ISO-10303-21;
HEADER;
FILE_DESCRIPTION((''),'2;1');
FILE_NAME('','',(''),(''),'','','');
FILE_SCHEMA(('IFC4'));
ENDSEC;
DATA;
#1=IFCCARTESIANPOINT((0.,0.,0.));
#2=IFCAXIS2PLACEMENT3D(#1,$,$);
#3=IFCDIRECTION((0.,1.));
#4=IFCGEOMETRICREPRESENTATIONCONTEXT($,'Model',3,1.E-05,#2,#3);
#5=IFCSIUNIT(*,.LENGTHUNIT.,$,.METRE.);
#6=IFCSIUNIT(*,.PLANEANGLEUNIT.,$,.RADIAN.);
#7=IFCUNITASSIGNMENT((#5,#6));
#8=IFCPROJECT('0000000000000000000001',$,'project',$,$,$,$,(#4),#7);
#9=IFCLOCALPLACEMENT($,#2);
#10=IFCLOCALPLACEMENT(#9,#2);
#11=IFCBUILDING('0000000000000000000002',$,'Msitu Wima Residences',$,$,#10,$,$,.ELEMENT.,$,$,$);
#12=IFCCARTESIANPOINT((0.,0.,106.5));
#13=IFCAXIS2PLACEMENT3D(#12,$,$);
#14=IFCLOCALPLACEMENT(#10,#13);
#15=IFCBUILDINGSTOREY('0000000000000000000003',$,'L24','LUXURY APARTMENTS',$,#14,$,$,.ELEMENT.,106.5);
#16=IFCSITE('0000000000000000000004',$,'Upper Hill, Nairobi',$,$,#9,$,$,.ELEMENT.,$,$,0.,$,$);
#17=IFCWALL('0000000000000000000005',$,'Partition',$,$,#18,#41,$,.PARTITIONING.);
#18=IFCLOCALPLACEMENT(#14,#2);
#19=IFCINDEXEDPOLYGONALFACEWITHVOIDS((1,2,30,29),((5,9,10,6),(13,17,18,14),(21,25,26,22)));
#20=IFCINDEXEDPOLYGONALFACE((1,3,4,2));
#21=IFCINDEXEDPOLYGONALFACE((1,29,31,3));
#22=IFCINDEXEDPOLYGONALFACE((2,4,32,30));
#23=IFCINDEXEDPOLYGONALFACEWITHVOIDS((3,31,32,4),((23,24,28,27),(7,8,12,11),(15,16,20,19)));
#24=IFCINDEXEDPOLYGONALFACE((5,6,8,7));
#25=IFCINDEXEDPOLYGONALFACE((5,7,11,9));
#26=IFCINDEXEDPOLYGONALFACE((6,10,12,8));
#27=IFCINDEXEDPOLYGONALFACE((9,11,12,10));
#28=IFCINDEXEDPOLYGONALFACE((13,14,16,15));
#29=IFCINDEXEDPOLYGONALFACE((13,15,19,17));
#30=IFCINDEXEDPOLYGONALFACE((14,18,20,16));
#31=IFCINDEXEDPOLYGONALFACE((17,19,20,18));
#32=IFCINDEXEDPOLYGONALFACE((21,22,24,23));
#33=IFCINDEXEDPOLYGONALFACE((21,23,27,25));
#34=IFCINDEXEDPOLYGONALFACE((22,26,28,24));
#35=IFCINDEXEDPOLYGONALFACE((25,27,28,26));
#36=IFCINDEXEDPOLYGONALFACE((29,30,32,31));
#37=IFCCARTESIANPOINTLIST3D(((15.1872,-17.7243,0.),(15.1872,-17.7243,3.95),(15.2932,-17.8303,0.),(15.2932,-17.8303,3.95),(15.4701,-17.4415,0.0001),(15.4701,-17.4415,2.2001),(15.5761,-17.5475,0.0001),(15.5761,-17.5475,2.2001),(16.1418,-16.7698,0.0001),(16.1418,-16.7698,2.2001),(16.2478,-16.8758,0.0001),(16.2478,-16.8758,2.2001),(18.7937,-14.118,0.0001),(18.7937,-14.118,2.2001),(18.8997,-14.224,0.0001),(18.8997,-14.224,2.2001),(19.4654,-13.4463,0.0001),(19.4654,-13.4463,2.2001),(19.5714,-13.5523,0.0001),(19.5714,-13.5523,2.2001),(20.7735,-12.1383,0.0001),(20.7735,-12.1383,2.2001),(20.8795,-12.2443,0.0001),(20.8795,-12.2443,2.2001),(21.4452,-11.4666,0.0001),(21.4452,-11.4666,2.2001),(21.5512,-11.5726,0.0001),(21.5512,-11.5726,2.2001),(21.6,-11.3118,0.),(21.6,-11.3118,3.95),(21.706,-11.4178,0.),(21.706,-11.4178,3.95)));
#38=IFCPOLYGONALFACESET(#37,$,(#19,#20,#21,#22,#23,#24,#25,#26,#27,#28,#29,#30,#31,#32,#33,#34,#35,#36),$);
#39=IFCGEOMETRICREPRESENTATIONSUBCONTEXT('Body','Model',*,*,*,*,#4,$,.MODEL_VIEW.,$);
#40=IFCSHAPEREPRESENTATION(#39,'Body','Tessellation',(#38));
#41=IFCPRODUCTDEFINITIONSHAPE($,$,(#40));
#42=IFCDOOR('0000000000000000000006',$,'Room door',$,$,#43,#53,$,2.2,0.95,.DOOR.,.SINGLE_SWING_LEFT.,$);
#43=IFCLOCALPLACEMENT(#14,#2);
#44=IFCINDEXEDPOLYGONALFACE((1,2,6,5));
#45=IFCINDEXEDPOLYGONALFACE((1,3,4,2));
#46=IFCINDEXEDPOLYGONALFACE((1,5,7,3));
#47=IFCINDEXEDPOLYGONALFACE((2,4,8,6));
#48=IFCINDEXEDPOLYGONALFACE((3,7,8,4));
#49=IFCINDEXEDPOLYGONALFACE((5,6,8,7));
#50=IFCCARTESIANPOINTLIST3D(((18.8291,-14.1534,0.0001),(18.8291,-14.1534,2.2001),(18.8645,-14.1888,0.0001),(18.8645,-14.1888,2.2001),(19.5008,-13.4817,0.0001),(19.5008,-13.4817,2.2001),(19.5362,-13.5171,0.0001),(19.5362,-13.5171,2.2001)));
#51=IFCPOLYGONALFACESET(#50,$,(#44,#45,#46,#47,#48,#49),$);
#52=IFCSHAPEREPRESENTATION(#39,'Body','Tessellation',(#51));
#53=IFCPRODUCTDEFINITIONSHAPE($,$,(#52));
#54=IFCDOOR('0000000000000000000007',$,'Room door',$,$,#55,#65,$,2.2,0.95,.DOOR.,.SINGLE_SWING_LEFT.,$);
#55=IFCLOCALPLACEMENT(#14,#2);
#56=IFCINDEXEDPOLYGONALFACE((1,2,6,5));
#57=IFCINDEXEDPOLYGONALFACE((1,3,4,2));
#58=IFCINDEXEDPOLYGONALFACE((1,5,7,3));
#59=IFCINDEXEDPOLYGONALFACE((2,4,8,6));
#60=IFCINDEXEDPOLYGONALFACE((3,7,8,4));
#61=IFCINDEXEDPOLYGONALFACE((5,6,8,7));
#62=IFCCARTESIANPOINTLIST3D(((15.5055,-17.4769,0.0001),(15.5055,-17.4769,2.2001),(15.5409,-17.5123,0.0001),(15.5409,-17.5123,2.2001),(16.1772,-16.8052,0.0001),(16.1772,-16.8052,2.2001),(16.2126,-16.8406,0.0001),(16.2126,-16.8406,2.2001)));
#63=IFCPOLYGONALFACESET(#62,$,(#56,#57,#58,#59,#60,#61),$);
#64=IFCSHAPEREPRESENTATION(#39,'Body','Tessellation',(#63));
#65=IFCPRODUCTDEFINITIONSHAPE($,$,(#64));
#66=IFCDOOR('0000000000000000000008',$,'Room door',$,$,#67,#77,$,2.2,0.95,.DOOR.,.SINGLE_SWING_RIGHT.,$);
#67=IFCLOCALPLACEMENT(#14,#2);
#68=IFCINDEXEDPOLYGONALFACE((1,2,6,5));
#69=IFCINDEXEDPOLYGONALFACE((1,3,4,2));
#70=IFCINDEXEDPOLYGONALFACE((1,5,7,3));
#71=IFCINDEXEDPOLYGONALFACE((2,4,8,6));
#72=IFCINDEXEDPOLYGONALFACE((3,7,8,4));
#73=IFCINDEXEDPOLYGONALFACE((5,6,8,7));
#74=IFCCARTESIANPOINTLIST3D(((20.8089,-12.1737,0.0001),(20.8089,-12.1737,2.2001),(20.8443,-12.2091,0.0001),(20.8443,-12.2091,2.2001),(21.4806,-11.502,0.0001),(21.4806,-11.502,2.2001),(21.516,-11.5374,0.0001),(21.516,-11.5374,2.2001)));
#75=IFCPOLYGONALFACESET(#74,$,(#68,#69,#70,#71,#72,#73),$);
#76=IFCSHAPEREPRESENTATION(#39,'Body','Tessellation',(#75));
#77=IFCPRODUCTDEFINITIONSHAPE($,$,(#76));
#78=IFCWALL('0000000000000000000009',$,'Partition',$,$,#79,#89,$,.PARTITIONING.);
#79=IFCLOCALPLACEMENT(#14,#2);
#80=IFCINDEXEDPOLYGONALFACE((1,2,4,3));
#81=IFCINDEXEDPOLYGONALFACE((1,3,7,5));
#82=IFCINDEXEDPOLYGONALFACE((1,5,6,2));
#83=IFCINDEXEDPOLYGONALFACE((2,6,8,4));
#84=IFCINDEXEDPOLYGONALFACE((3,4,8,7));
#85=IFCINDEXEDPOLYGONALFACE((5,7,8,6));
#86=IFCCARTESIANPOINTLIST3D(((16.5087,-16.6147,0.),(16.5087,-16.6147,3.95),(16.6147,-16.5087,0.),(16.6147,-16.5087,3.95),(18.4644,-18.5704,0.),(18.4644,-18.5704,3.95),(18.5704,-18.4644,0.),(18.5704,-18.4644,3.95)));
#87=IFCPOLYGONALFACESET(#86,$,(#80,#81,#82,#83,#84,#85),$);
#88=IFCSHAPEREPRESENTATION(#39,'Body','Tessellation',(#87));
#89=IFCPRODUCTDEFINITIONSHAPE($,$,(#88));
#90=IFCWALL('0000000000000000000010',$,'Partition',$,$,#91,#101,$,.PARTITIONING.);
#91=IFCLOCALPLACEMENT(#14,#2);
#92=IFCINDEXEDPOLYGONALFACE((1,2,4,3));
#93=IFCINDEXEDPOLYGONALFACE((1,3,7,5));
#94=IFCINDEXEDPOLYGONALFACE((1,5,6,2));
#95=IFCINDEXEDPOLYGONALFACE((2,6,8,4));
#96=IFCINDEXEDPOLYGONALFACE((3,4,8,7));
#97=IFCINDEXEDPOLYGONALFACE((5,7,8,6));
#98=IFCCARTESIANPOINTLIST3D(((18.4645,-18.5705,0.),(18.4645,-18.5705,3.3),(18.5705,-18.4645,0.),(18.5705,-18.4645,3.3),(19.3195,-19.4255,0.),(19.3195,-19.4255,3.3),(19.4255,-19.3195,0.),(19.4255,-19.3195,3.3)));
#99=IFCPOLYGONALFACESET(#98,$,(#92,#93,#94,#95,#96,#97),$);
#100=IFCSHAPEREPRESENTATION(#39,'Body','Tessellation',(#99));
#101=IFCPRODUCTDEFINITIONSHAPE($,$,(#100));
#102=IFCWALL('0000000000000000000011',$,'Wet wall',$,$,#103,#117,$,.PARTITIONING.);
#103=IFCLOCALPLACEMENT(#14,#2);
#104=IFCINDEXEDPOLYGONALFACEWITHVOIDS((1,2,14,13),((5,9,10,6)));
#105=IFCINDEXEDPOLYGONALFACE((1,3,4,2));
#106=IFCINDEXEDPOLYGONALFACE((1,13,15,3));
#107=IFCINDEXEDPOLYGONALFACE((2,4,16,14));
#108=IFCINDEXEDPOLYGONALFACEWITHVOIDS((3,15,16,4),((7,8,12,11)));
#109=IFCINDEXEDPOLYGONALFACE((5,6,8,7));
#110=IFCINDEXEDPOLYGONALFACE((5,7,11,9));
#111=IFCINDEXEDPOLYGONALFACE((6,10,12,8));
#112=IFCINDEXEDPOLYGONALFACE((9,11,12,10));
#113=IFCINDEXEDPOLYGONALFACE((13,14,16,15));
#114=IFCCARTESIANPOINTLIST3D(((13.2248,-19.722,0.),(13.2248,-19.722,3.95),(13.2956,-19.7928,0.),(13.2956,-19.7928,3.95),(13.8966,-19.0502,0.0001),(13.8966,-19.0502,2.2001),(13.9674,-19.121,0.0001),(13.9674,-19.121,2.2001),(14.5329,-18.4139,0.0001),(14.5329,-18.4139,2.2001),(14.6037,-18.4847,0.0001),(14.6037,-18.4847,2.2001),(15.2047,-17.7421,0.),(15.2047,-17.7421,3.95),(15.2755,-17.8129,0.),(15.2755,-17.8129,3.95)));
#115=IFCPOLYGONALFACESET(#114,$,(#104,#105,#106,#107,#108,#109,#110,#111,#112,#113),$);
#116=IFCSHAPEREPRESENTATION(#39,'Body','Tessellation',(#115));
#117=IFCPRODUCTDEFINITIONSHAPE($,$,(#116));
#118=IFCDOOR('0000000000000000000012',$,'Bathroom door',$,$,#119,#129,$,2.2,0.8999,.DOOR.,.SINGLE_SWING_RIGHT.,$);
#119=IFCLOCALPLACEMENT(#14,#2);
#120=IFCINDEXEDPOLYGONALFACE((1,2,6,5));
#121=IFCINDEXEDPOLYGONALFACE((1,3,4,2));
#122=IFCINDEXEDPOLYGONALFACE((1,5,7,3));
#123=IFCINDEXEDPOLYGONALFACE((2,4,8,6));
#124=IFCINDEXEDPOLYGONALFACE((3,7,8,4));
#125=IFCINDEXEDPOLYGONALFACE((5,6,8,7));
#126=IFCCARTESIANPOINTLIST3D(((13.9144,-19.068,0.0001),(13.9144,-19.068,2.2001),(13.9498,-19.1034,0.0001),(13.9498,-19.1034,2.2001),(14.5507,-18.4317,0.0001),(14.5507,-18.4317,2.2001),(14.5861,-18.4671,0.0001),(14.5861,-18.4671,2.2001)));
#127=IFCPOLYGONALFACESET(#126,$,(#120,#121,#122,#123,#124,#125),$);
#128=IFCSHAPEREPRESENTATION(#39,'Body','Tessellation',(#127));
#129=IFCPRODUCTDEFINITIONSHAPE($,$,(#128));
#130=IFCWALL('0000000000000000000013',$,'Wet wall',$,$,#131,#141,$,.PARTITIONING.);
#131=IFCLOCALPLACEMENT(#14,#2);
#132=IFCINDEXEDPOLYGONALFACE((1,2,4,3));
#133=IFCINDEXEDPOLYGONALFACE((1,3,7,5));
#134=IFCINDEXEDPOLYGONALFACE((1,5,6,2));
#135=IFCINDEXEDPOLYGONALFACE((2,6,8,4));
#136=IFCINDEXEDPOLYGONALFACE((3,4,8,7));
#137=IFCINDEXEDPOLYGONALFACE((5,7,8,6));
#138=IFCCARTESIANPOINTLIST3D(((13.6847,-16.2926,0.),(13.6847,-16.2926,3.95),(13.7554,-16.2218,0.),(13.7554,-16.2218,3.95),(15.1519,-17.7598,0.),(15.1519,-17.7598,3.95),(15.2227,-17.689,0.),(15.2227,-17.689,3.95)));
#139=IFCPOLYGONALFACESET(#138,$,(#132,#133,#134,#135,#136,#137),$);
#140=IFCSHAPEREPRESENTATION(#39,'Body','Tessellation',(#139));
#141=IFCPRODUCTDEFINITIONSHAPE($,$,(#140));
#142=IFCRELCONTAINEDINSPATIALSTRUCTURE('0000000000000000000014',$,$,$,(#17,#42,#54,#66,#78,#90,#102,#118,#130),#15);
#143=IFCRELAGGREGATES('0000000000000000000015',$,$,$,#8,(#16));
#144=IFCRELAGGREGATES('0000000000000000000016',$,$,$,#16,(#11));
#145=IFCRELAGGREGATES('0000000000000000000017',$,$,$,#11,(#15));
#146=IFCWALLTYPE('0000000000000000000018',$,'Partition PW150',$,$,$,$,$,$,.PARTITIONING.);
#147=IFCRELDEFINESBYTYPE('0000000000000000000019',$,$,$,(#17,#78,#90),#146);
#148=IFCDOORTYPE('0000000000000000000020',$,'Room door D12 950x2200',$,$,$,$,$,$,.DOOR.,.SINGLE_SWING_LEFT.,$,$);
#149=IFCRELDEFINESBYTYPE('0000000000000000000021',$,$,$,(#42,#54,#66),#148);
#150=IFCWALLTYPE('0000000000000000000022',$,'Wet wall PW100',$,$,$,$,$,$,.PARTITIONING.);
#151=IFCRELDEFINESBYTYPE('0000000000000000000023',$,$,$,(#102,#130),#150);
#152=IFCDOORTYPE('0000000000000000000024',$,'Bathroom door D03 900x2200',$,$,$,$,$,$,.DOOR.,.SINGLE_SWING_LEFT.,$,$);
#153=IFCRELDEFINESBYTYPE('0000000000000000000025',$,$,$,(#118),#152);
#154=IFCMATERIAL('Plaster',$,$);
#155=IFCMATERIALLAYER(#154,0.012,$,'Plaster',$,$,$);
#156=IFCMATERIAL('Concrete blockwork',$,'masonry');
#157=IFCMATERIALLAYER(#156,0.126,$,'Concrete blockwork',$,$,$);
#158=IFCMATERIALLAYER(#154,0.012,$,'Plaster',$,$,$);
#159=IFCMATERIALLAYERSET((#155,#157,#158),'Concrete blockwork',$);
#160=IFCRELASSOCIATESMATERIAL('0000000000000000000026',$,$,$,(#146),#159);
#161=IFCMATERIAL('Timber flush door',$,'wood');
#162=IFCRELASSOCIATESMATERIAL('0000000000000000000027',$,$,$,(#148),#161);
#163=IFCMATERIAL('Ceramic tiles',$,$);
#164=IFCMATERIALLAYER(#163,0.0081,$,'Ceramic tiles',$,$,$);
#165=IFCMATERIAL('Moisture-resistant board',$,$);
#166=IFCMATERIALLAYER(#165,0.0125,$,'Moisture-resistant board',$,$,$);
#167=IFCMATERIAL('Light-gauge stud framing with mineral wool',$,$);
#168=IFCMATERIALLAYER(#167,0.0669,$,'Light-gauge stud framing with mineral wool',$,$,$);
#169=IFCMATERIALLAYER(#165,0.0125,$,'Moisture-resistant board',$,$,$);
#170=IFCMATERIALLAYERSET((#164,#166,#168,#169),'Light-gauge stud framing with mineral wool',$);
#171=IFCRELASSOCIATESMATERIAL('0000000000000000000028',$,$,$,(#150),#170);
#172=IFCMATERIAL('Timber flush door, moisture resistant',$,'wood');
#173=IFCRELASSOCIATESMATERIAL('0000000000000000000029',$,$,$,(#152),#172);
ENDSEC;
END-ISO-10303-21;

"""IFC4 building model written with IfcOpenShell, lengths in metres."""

from ifc_helpers import new_model, si_unit, direction, frame, frame_2d, origin, place, context, subcontext, project, spatial, rectangle, extrude, material, layer, layer_set, type_object, element, fill, save


model = new_model("IFC4")

# Units and contexts
model_context = context("Model", 3, precision=1e-05, world=origin(), true_north=direction((0.0, 1.0)))
body_context = subcontext(model_context, "Body", "Model", "MODEL_VIEW")
ifc_project = project(units=[si_unit("LENGTHUNIT", "METRE"), si_unit("PLANEANGLEUNIT", "RADIAN")], contexts=[model_context])

# Site, building, storey
site_placement = place(None, origin())
site = spatial("IfcSite", under=ifc_project, at=site_placement, Name="Upper Hill, Nairobi", CompositionType="ELEMENT", RefElevation=0.0)
building_placement = place(site_placement, origin())
building = spatial("IfcBuilding", under=site, at=building_placement, Name="Msitu Wima Residences", CompositionType="ELEMENT")
storey_placement = place(building_placement, frame((0.0, 0.0, 106.5)))
storey = spatial("IfcBuildingStorey", under=building, at=storey_placement, Name="L24", Description="LUXURY APARTMENTS", CompositionType="ELEMENT", Elevation=106.5)

# Shared definitions
ifc_material_1 = material(Name="Plaster")
ifc_material_2 = material(Name="Concrete blockwork", Category="masonry")

# Shared definitions
ifc_layer_1 = layer(ifc_material_1, 0.012, Name="Plaster")
ifc_layer_2 = layer(ifc_material_2, 0.126, Name="Concrete blockwork")
ifc_layer_3 = layer(ifc_material_1, 0.012, Name="Plaster")
ifc_layer_set_1 = layer_set([ifc_layer_1, ifc_layer_2, ifc_layer_3], Name="Concrete blockwork")
wall_type_1 = type_object("IfcWallType", Name="Partition PW150", PredefinedType="PARTITIONING", material=ifc_layer_set_1)

# Wall, openings, doors
wall_1_placement = place(storey_placement, frame((15.2402, -17.7773, 0.0), z_axis=(0.0, 0.0, 1.0), x_axis=(0.70712, 0.707093, 0.0)))
wall_1 = element("IfcWall", 1, at=wall_1_placement, inside=storey, type_object=wall_type_1, Name="Partition", PredefinedType="PARTITIONING", context=body_context, shape_type="SweptSolid", body=[
    extrude(rectangle(XDim=9.0688, YDim=0.1499, at=frame_2d((4.5344, 0.0))), origin(), (0.0, 0.0, 1.0), 3.95),
])
opening_1_placement = place(wall_1_placement, frame((5.1001, 0.0, 0.0)))
opening_1 = element("IfcOpeningElement", 2, at=opening_1_placement, cuts=wall_1, PredefinedType="OPENING", context=body_context, shape_type="SweptSolid", body=[
    extrude(rectangle(XDim=0.95, YDim=2.2, at=frame_2d((0.4751, 1.1001))), frame((0.0, 0.085, 0.0), z_axis=(0.0, -1.0, 0.0), x_axis=(1.0, 0.0, 0.0)), (0.0, 0.0, 1.0), 0.1699),
])
opening_2_placement = place(wall_1_placement, frame((0.3999, 0.0, 0.0)))
opening_2 = element("IfcOpeningElement", 3, at=opening_2_placement, cuts=wall_1, PredefinedType="OPENING", context=body_context, shape_type="SweptSolid", body=[
    extrude(rectangle(XDim=0.95, YDim=2.2, at=frame_2d((0.4751, 1.1001))), frame((0.0, 0.085, 0.0), z_axis=(0.0, -1.0, 0.0), x_axis=(1.0, 0.0, 0.0)), (0.0, 0.0, 1.0), 0.1699),
])
opening_3_placement = place(wall_1_placement, frame((7.8999, 0.0, 0.0)))
opening_3 = element("IfcOpeningElement", 4, at=opening_3_placement, cuts=wall_1, PredefinedType="OPENING", context=body_context, shape_type="SweptSolid", body=[
    extrude(rectangle(XDim=0.95, YDim=2.2, at=frame_2d((0.4751, 1.1001))), frame((0.0, 0.085, 0.0), z_axis=(0.0, -1.0, 0.0), x_axis=(1.0, 0.0, 0.0)), (0.0, 0.0, 1.0), 0.1699),
])
ifc_material_3 = material(Name="Timber flush door", Category="wood")
door_type_1 = type_object("IfcDoorType", Name="Room door D12 950x2200", OperationType="SINGLE_SWING_LEFT", PredefinedType="DOOR", material=ifc_material_3)
door_1_placement = place(opening_1_placement, origin())
door_1 = element("IfcDoor", 5, at=door_1_placement, inside=storey, type_object=door_type_1, Name="Room door", OperationType="SINGLE_SWING_LEFT", OverallHeight=2.2, OverallWidth=0.95, PredefinedType="DOOR", context=body_context, shape_type="SweptSolid", body=[
    extrude(rectangle(XDim=0.95, YDim=2.2, at=frame_2d((0.4751, 1.1001))), frame((0.0, 0.0249, 0.0), z_axis=(0.0, -1.0, 0.0), x_axis=(1.0, 0.0, 0.0)), (0.0, 0.0, 1.0), 0.05),
])
fill(opening_1, door_1)
door_2_placement = place(opening_2_placement, origin())
door_2 = element("IfcDoor", 6, at=door_2_placement, inside=storey, type_object=door_type_1, Name="Room door", OperationType="SINGLE_SWING_LEFT", OverallHeight=2.2, OverallWidth=0.95, PredefinedType="DOOR", context=body_context, shape_type="SweptSolid", body=[
    extrude(rectangle(XDim=0.95, YDim=2.2, at=frame_2d((0.4751, 1.1001))), frame((0.0, 0.0249, 0.0), z_axis=(0.0, -1.0, 0.0), x_axis=(1.0, 0.0, 0.0)), (0.0, 0.0, 1.0), 0.05),
])
fill(opening_2, door_2)
door_3_placement = place(opening_3_placement, origin())
door_3 = element("IfcDoor", 7, at=door_3_placement, inside=storey, type_object=door_type_1, Name="Room door", OperationType="SINGLE_SWING_RIGHT", OverallHeight=2.2, OverallWidth=0.95, PredefinedType="DOOR", context=body_context, shape_type="SweptSolid", body=[
    extrude(rectangle(XDim=0.95, YDim=2.2, at=frame_2d((0.4751, 1.1001))), frame((0.0, 0.0249, 0.0), z_axis=(0.0, -1.0, 0.0), x_axis=(1.0, 0.0, 0.0)), (0.0, 0.0, 1.0), 0.05),
])
fill(opening_3, door_3)

# Walls
wall_2_placement = place(storey_placement, frame((16.5618, -16.5618, 0.0), z_axis=(0.0, 0.0, 1.0), x_axis=(0.707107, -0.707107, 0.0)))
element("IfcWall", 8, at=wall_2_placement, inside=storey, type_object=wall_type_1, Name="Partition", PredefinedType="PARTITIONING", context=body_context, shape_type="SweptSolid", body=[
    extrude(rectangle(XDim=2.7659, YDim=0.1499, at=frame_2d((1.3828, 0.0))), origin(), (0.0, 0.0, 1.0), 3.95),
])
wall_3_placement = place(storey_placement, frame((18.5176, -18.5176, 0.0), z_axis=(0.0, 0.0, 1.0), x_axis=(0.707107, -0.707107, 0.0)))
element("IfcWall", 9, at=wall_3_placement, inside=storey, type_object=wall_type_1, Name="Partition", PredefinedType="PARTITIONING", context=body_context, shape_type="SweptSolid", body=[
    extrude(rectangle(XDim=1.2092, YDim=0.1499, at=frame_2d((0.6045, 0.0))), origin(), (0.0, 0.0, 1.0), 3.3),
])

# Wall, opening, door
ifc_material_4 = material(Name="Ceramic tiles")
ifc_layer_4 = layer(ifc_material_4, 0.0081, Name="Ceramic tiles")
ifc_material_5 = material(Name="Moisture-resistant board")
ifc_layer_5 = layer(ifc_material_5, 0.0125, Name="Moisture-resistant board")
ifc_material_6 = material(Name="Light-gauge stud framing with mineral wool")
ifc_layer_6 = layer(ifc_material_6, 0.0669, Name="Light-gauge stud framing with mineral wool")
ifc_layer_7 = layer(ifc_material_5, 0.0125, Name="Moisture-resistant board")
ifc_layer_set_2 = layer_set([ifc_layer_4, ifc_layer_5, ifc_layer_6, ifc_layer_7], Name="Light-gauge stud framing with mineral wool")
wall_type_2 = type_object("IfcWallType", Name="Wet wall PW100", PredefinedType="PARTITIONING", material=ifc_layer_set_2)
wall_4_placement = place(storey_placement, frame((13.2603, -19.7573, 0.0), z_axis=(0.0, 0.0, 1.0), x_axis=(0.707107, 0.707107, 0.0)))
wall_4 = element("IfcWall", 10, at=wall_4_placement, inside=storey, type_object=wall_type_2, Name="Wet wall", PredefinedType="PARTITIONING", context=body_context, shape_type="SweptSolid", body=[
    extrude(rectangle(XDim=2.8, YDim=0.1001, at=frame_2d((1.3999, 0.0))), origin(), (0.0, 0.0, 1.0), 3.95),
])
opening_4_placement = place(wall_4_placement, frame((0.95, 0.0, 0.0)))
opening_4 = element("IfcOpeningElement", 11, at=opening_4_placement, cuts=wall_4, PredefinedType="OPENING", context=body_context, shape_type="SweptSolid", body=[
    extrude(rectangle(XDim=0.8999, YDim=2.2, at=frame_2d((0.45, 1.1001))), frame((0.0, 0.0601, 0.0), z_axis=(0.0, -1.0, 0.0), x_axis=(1.0, 0.0, 0.0)), (0.0, 0.0, 1.0), 0.1201),
])
ifc_material_7 = material(Name="Timber flush door, moisture resistant", Category="wood")
door_type_2 = type_object("IfcDoorType", Name="Bathroom door D03 900x2200", OperationType="SINGLE_SWING_LEFT", PredefinedType="DOOR", material=ifc_material_7)
door_4_placement = place(opening_4_placement, origin())
door_4 = element("IfcDoor", 12, at=door_4_placement, inside=storey, type_object=door_type_2, Name="Bathroom door", OperationType="SINGLE_SWING_RIGHT", OverallHeight=2.2, OverallWidth=0.8999, PredefinedType="DOOR", context=body_context, shape_type="SweptSolid", body=[
    extrude(rectangle(XDim=0.8999, YDim=2.2, at=frame_2d((0.45, 1.1001))), frame((0.0, 0.0249, 0.0), z_axis=(0.0, -1.0, 0.0), x_axis=(1.0, 0.0, 0.0)), (0.0, 0.0, 1.0), 0.05),
])
fill(opening_4, door_4)

# Wall
wall_5_placement = place(storey_placement, frame((13.72, -16.2571, 0.0), z_axis=(0.0, 0.0, 1.0), x_axis=(0.707107, -0.707107, 0.0)))
element("IfcWall", 13, at=wall_5_placement, inside=storey, type_object=wall_type_2, Name="Wet wall", PredefinedType="PARTITIONING", context=body_context, shape_type="SweptSolid", body=[
    extrude(rectangle(XDim=2.075, YDim=0.1001, at=frame_2d((1.0376, 0.0))), origin(), (0.0, 0.0, 1.0), 3.95),
])

save(model, "model.ifc")
